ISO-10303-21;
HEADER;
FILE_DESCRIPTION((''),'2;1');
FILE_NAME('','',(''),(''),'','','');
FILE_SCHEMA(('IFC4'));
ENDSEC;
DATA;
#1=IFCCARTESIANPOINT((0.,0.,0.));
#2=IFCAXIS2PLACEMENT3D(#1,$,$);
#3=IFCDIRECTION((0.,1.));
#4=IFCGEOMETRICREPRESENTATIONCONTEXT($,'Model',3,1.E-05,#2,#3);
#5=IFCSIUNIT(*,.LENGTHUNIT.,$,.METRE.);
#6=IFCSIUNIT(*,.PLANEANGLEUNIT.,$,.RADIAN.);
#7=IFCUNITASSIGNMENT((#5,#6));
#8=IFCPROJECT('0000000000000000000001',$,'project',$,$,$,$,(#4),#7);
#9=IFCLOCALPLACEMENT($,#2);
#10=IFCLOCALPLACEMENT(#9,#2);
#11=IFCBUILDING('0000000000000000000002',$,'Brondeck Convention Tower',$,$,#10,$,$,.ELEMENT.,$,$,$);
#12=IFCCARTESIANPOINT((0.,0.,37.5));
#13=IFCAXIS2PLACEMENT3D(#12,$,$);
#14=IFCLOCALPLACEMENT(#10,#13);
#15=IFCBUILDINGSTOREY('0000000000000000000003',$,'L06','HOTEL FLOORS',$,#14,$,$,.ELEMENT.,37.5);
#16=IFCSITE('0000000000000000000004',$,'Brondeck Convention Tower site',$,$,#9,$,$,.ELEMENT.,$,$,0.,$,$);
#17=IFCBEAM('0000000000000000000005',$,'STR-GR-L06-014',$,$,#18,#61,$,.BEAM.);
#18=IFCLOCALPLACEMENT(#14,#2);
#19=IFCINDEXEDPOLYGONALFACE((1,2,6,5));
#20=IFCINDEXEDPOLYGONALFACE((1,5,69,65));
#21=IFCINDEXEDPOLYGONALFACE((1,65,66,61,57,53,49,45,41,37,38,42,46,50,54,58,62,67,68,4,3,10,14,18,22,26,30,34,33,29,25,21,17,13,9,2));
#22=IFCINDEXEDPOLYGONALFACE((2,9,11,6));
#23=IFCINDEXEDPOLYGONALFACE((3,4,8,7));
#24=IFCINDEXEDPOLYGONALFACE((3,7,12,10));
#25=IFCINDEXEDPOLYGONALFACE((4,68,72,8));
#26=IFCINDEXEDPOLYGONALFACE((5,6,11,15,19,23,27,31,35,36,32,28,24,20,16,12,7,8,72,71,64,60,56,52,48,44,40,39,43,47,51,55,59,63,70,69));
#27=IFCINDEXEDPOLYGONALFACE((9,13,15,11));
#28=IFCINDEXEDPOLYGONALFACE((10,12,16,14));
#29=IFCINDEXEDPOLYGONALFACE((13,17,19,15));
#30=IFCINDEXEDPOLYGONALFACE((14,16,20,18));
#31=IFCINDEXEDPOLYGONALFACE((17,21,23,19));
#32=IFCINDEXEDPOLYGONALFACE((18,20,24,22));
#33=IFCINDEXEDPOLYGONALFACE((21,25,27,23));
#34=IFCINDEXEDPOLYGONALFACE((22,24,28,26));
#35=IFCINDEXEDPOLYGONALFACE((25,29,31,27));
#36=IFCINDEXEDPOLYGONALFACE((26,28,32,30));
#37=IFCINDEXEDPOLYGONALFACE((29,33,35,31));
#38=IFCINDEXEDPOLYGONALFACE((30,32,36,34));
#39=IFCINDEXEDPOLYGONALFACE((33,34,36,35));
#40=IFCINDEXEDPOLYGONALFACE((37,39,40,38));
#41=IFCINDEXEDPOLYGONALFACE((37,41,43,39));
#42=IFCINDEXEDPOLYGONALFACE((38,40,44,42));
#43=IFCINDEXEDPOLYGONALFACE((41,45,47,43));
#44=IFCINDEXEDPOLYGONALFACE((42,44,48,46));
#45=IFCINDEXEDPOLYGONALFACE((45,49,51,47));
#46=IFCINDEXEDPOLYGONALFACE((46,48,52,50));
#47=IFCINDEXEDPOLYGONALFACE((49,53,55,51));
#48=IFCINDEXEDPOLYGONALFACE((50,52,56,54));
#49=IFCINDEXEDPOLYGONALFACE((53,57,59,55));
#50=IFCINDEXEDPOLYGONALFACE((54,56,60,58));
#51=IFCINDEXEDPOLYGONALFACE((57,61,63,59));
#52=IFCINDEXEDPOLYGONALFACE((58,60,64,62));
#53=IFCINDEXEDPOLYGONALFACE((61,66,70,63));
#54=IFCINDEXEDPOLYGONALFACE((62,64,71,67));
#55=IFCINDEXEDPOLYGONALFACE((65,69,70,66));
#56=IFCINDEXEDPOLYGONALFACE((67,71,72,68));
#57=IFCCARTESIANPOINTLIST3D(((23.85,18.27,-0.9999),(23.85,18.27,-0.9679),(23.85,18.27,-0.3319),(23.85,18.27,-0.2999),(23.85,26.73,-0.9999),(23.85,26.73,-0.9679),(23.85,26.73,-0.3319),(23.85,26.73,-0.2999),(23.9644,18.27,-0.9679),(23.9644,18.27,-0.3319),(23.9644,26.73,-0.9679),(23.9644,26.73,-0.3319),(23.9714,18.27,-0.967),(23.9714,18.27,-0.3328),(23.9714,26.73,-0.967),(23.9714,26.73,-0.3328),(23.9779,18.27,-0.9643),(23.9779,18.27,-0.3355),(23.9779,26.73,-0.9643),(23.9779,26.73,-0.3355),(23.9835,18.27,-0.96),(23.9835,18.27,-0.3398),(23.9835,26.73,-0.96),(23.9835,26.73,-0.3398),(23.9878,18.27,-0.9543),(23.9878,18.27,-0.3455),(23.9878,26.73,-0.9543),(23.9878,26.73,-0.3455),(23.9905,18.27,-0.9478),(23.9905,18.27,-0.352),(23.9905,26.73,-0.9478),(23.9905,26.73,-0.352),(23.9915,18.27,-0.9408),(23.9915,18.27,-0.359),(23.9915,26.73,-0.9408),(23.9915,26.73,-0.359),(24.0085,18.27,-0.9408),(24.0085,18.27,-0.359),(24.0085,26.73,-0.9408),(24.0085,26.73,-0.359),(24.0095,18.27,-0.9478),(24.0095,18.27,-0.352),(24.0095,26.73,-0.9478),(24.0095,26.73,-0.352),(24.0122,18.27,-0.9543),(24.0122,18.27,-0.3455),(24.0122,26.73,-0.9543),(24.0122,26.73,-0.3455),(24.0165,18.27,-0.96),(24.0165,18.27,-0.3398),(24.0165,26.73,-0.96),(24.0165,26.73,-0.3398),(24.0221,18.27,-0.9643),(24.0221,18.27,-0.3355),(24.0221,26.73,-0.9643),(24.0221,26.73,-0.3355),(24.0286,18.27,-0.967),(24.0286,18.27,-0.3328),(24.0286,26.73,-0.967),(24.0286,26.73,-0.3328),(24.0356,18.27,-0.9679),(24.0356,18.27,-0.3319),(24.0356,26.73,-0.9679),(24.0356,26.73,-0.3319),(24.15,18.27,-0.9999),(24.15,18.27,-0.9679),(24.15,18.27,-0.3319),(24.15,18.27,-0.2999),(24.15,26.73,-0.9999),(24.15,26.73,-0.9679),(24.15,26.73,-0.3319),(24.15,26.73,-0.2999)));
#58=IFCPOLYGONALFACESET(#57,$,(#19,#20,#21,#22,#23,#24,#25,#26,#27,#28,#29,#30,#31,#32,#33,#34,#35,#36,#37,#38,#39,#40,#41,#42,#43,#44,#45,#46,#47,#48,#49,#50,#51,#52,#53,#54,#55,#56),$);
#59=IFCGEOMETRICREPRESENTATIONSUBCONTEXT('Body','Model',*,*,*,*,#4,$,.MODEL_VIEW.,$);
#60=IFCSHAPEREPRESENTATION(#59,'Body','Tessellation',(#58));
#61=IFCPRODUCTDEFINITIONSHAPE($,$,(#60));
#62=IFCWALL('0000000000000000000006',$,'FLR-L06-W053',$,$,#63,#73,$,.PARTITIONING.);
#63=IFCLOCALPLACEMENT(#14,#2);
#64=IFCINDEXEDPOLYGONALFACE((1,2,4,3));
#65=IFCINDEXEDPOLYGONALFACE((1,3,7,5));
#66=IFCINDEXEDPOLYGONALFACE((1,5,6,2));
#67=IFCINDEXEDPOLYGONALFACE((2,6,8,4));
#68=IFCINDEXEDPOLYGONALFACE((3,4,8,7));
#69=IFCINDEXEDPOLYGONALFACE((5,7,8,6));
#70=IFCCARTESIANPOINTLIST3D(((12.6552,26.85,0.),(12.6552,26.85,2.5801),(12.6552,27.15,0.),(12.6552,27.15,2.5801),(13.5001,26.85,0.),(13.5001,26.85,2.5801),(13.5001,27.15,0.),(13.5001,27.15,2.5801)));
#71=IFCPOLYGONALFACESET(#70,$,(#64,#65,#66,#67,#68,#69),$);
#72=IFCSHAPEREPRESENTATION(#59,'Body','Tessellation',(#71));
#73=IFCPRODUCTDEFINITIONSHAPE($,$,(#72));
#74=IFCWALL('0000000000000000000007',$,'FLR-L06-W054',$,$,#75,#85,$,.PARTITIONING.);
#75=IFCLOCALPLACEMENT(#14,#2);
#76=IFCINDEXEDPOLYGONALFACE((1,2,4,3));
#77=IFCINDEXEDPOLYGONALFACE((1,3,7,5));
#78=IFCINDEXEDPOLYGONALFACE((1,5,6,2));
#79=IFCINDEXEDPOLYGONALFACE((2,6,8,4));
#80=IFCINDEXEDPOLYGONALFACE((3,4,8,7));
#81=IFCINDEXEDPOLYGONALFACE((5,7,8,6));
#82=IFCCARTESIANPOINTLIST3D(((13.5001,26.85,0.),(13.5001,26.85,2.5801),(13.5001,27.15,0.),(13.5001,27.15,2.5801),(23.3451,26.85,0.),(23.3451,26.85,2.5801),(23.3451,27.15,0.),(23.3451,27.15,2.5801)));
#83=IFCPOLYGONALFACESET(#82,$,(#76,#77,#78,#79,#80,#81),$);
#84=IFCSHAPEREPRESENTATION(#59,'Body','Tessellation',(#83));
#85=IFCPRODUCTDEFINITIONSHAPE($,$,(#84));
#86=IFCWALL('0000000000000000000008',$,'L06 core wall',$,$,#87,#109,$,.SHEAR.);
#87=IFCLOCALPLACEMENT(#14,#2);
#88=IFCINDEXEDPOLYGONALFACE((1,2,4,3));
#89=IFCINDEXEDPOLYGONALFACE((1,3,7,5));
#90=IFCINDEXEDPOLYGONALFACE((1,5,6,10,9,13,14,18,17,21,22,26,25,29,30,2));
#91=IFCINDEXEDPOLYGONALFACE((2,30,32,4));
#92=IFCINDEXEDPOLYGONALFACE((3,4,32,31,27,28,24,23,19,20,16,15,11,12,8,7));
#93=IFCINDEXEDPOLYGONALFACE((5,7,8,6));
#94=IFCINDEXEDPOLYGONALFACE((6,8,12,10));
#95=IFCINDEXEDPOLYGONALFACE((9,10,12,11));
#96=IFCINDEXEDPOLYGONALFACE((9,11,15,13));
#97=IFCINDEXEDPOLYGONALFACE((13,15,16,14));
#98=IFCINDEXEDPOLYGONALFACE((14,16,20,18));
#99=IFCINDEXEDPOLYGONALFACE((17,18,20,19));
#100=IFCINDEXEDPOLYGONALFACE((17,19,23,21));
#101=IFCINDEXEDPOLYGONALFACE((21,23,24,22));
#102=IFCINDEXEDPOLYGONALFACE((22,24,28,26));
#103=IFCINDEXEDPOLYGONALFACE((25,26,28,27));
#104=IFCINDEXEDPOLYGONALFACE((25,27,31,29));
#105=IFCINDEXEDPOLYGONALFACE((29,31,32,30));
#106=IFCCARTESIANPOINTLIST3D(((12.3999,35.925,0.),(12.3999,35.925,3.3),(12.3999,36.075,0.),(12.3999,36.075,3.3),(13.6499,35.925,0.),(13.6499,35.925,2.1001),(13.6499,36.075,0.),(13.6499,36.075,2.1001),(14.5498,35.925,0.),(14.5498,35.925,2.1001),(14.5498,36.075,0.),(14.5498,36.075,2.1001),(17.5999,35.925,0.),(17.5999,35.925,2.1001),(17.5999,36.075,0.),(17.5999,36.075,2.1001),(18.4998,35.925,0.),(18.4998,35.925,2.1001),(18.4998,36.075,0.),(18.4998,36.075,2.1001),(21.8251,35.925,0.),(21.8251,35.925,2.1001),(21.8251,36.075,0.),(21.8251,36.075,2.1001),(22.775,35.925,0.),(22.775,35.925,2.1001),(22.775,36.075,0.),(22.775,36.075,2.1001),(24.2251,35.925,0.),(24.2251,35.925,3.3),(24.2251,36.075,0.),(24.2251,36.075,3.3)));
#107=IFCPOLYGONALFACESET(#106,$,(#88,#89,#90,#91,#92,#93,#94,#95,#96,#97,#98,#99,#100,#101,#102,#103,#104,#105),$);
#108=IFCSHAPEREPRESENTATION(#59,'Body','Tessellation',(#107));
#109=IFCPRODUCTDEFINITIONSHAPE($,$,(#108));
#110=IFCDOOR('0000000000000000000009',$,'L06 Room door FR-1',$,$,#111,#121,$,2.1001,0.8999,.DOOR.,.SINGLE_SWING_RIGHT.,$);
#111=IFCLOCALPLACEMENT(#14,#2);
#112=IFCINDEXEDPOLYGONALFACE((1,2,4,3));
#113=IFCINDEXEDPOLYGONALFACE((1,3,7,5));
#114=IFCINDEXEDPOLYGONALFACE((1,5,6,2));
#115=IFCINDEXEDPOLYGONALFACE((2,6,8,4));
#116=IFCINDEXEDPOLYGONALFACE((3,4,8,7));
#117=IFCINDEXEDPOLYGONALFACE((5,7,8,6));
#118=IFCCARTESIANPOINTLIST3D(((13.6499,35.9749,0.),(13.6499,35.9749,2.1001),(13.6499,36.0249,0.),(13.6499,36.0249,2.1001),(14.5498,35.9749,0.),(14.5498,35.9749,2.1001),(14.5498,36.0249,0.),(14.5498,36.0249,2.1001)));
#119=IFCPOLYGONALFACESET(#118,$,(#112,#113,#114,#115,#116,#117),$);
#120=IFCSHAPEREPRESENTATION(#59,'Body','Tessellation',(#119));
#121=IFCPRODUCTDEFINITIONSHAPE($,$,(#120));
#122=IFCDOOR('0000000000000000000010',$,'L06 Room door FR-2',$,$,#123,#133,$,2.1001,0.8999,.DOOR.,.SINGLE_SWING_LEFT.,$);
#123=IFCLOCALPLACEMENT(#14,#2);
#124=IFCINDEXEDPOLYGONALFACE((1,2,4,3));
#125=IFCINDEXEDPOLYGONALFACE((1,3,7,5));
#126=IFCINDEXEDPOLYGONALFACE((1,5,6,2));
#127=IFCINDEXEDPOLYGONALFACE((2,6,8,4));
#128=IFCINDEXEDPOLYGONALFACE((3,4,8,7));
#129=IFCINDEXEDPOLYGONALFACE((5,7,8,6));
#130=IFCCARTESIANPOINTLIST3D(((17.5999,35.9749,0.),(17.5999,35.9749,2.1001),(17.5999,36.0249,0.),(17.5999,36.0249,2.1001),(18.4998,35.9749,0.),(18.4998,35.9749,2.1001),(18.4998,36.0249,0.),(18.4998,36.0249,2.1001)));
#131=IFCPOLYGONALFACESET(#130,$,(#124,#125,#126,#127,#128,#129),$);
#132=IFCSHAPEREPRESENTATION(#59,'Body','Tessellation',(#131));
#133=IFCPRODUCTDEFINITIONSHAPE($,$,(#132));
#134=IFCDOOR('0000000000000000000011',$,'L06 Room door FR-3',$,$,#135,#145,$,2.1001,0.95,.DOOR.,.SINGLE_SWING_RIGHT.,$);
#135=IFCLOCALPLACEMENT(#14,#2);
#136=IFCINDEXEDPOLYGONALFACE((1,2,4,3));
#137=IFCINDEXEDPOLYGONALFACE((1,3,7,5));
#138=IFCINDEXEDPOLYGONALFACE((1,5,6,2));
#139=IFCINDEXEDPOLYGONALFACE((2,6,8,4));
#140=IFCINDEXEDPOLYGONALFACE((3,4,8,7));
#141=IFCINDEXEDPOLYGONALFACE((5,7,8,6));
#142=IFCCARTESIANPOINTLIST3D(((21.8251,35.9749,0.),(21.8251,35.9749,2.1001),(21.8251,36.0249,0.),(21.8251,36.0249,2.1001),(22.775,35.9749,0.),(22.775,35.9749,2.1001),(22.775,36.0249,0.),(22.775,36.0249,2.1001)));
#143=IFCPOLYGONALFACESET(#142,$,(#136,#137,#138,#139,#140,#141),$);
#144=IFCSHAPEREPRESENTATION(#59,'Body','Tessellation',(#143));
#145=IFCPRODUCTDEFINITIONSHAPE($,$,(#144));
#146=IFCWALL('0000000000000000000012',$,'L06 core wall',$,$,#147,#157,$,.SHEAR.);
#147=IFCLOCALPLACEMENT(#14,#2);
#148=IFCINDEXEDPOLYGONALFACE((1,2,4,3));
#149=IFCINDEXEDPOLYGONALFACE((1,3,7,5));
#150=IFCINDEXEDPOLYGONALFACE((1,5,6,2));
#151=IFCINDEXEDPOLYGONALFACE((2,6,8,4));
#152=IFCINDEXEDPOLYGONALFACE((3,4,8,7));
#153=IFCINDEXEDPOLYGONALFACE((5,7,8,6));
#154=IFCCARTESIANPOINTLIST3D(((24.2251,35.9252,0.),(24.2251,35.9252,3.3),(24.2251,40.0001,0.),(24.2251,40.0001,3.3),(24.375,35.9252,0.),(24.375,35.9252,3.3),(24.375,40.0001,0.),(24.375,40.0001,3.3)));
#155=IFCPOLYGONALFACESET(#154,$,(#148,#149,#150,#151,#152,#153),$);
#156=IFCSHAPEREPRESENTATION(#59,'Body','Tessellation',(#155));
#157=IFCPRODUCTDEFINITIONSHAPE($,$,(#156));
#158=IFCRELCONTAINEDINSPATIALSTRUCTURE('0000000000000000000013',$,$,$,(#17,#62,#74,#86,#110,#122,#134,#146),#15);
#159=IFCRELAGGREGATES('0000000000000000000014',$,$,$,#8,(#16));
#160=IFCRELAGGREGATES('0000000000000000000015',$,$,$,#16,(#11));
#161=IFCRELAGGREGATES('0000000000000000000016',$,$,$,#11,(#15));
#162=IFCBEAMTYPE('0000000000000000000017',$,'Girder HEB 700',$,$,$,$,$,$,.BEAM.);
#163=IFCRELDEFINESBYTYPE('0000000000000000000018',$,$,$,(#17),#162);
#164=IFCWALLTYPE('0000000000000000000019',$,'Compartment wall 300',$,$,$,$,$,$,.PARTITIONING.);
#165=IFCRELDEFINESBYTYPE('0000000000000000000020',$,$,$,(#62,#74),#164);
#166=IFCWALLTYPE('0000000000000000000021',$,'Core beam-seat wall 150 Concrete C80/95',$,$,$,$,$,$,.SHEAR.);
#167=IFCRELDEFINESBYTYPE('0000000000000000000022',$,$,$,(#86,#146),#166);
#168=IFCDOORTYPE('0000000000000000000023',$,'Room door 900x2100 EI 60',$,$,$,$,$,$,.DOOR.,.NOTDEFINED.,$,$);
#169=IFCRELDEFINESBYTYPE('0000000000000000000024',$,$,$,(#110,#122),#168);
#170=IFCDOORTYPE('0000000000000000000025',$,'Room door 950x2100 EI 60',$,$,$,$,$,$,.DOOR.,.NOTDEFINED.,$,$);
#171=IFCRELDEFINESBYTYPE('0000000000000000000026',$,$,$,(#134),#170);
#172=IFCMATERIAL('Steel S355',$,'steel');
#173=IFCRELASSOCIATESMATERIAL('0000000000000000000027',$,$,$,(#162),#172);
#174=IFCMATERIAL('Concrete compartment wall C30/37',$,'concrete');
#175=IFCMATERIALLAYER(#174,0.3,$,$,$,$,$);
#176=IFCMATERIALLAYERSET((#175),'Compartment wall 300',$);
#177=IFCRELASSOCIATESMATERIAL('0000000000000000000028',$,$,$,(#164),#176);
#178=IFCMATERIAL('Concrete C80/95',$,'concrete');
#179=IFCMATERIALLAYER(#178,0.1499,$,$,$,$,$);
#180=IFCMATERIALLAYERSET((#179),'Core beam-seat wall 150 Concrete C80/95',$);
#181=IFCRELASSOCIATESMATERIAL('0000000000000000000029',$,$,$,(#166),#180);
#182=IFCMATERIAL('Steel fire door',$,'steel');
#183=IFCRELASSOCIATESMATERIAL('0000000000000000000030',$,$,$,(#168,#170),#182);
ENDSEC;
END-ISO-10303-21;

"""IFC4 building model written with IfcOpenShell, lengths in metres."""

from ifc_helpers import new_model, si_unit, direction, frame, frame_2d, origin, origin_2d, place, context, subcontext, project, spatial, rectangle, i_section, extrude, material, layer, layer_set, material_profile, profile_set, type_object, element, fill, save


model = new_model("IFC4")

# Units and contexts
model_context = context("Model", 3, precision=1e-05, world=origin(), true_north=direction((0.0, 1.0)))
body_context = subcontext(model_context, "Body", "Model", "MODEL_VIEW")
ifc_project = project(units=[si_unit("LENGTHUNIT", "METRE"), si_unit("PLANEANGLEUNIT", "RADIAN")], contexts=[model_context])

# Site, building, storey
site_placement = place(None, origin())
site = spatial("IfcSite", under=ifc_project, at=site_placement, Name="Brondeck Convention Tower site", CompositionType="ELEMENT", RefElevation=0.0)
building_placement = place(site_placement, origin())
building = spatial("IfcBuilding", under=site, at=building_placement, Name="Brondeck Convention Tower", CompositionType="ELEMENT")
storey_placement = place(building_placement, frame((0.0, 0.0, 37.5)))
storey = spatial("IfcBuildingStorey", under=building, at=storey_placement, Name="L06", Description="HOTEL FLOORS", CompositionType="ELEMENT", Elevation=37.5)

# Shared definitions
ifc_material_1 = material(Name="Concrete C80/95", Category="concrete")

# Beam
ifc_material_2 = material(Name="Steel S355", Category="steel")
ifc_material_profile_1 = material_profile(ifc_material_2, i_section(OverallWidth=0.3, OverallDepth=0.7, WebThickness=0.0171, FlangeThickness=0.032, FilletRadius=0.0271, at=origin_2d()), Name="HEB 700")
ifc_profile_set_1 = profile_set([ifc_material_profile_1], Name="Steel S355")
beam_type = type_object("IfcBeamType", Name="Girder HEB 700", PredefinedType="BEAM", material=ifc_profile_set_1)
beam_1_placement = place(storey_placement, frame((24.0, 26.73, -0.6499), z_axis=(0.0, -1.0, 0.0), x_axis=(1.0, 0.0, 0.0)))
element("IfcBeam", 1, at=beam_1_placement, inside=storey, type_object=beam_type, Name="STR-GR-L06-014", PredefinedType="BEAM", context=body_context, shape_type="SweptSolid", body=[
    extrude(i_section(OverallWidth=0.3, OverallDepth=0.7, WebThickness=0.0171, FlangeThickness=0.032, FilletRadius=0.0271, at=origin_2d()), origin(), (0.0, 0.0, 1.0), 8.46),
])

# Walls
ifc_material_3 = material(Name="Concrete compartment wall C30/37", Category="concrete")
ifc_layer_1 = layer(ifc_material_3, 0.3)
ifc_layer_set_1 = layer_set([ifc_layer_1], Name="Compartment wall 300")
wall_type_1 = type_object("IfcWallType", Name="Compartment wall 300", PredefinedType="PARTITIONING", material=ifc_layer_set_1)
wall_1_placement = place(storey_placement, frame((13.5, 27.0, 0.0), z_axis=(0.0, 0.0, 1.0), x_axis=(-1.0, 0.0, 0.0)))
element("IfcWall", 2, at=wall_1_placement, inside=storey, type_object=wall_type_1, Name="FLR-L06-W053", PredefinedType="PARTITIONING", context=body_context, shape_type="SweptSolid", body=[
    extrude(rectangle(XDim=0.845, YDim=0.3, at=frame_2d((0.4224, 0.0))), origin(), (0.0, 0.0, 1.0), 2.5801),
])
wall_2_placement = place(storey_placement, frame((23.345, 27.0, 0.0), z_axis=(0.0, 0.0, 1.0), x_axis=(-1.0, 0.0, 0.0)))
element("IfcWall", 3, at=wall_2_placement, inside=storey, type_object=wall_type_1, Name="FLR-L06-W054", PredefinedType="PARTITIONING", context=body_context, shape_type="SweptSolid", body=[
    extrude(rectangle(XDim=9.845, YDim=0.3, at=frame_2d((4.9224, 0.0))), origin(), (0.0, 0.0, 1.0), 2.5801),
])

# Wall, openings, doors
ifc_layer_2 = layer(ifc_material_1, 0.1499)
ifc_layer_set_2 = layer_set([ifc_layer_2], Name="Core beam-seat wall 150 Concrete C80/95")
wall_type_2 = type_object("IfcWallType", Name="Core beam-seat wall 150 Concrete C80/95", PredefinedType="SHEAR", material=ifc_layer_set_2)
wall_3_placement = place(storey_placement, frame((12.3999, 36.0, 0.0), z_axis=(0.0, 0.0, 1.0), x_axis=(1.0, 0.0, 0.0)))
wall_3 = element("IfcWall", 4, at=wall_3_placement, inside=storey, type_object=wall_type_2, Name="L06 core wall", PredefinedType="SHEAR", context=body_context, shape_type="SweptSolid", body=[
    extrude(rectangle(XDim=11.8252, YDim=0.1499, at=frame_2d((5.9126, 0.0))), origin(), (0.0, 0.0, 1.0), 3.3),
])
opening_1_placement = place(wall_3_placement, frame((1.25, 0.0, 0.0)))
opening_1 = element("IfcOpeningElement", 5, at=opening_1_placement, cuts=wall_3, PredefinedType="OPENING", context=body_context, shape_type="SweptSolid", body=[
    extrude(rectangle(XDim=0.8999, YDim=2.1001, at=frame_2d((0.45, 1.05))), frame((0.0, 0.085, 0.0), z_axis=(0.0, -1.0, 0.0), x_axis=(1.0, 0.0, 0.0)), (0.0, 0.0, 1.0), 0.1699),
])
opening_2_placement = place(wall_3_placement, frame((5.2, 0.0, 0.0)))
opening_2 = element("IfcOpeningElement", 6, at=opening_2_placement, cuts=wall_3, PredefinedType="OPENING", context=body_context, shape_type="SweptSolid", body=[
    extrude(rectangle(XDim=0.8999, YDim=2.1001, at=frame_2d((0.45, 1.05))), frame((0.0, 0.085, 0.0), z_axis=(0.0, -1.0, 0.0), x_axis=(1.0, 0.0, 0.0)), (0.0, 0.0, 1.0), 0.1699),
])
opening_3_placement = place(wall_3_placement, frame((9.425, 0.0, 0.0)))
opening_3 = element("IfcOpeningElement", 7, at=opening_3_placement, cuts=wall_3, PredefinedType="OPENING", context=body_context, shape_type="SweptSolid", body=[
    extrude(rectangle(XDim=0.95, YDim=2.1001, at=frame_2d((0.4751, 1.05))), frame((0.0, 0.085, 0.0), z_axis=(0.0, -1.0, 0.0), x_axis=(1.0, 0.0, 0.0)), (0.0, 0.0, 1.0), 0.1699),
])
ifc_material_4 = material(Name="Steel fire door", Category="steel")
door_type_1 = type_object("IfcDoorType", Name="Room door 900x2100 EI 60", OperationType="NOTDEFINED", PredefinedType="DOOR", material=ifc_material_4)
door_1_placement = place(opening_1_placement, origin())
door_1 = element("IfcDoor", 8, at=door_1_placement, inside=storey, type_object=door_type_1, Name="L06 Room door FR-1", OperationType="SINGLE_SWING_RIGHT", OverallHeight=2.1001, OverallWidth=0.8999, PredefinedType="DOOR", context=body_context, shape_type="SweptSolid", body=[
    extrude(rectangle(XDim=0.8999, YDim=2.1001, at=frame_2d((0.45, 1.05))), frame((0.0, 0.0249, 0.0), z_axis=(0.0, -1.0, 0.0), x_axis=(1.0, 0.0, 0.0)), (0.0, 0.0, 1.0), 0.05),
])
fill(opening_1, door_1)
door_2_placement = place(opening_2_placement, origin())
door_2 = element("IfcDoor", 9, at=door_2_placement, inside=storey, type_object=door_type_1, Name="L06 Room door FR-2", OperationType="SINGLE_SWING_LEFT", OverallHeight=2.1001, OverallWidth=0.8999, PredefinedType="DOOR", context=body_context, shape_type="SweptSolid", body=[
    extrude(rectangle(XDim=0.8999, YDim=2.1001, at=frame_2d((0.45, 1.05))), frame((0.0, 0.0249, 0.0), z_axis=(0.0, -1.0, 0.0), x_axis=(1.0, 0.0, 0.0)), (0.0, 0.0, 1.0), 0.05),
])
fill(opening_2, door_2)
door_type_2 = type_object("IfcDoorType", Name="Room door 950x2100 EI 60", OperationType="NOTDEFINED", PredefinedType="DOOR", material=ifc_material_4)
door_3_placement = place(opening_3_placement, origin())
door_3 = element("IfcDoor", 10, at=door_3_placement, inside=storey, type_object=door_type_2, Name="L06 Room door FR-3", OperationType="SINGLE_SWING_RIGHT", OverallHeight=2.1001, OverallWidth=0.95, PredefinedType="DOOR", context=body_context, shape_type="SweptSolid", body=[
    extrude(rectangle(XDim=0.95, YDim=2.1001, at=frame_2d((0.4751, 1.05))), frame((0.0, 0.0249, 0.0), z_axis=(0.0, -1.0, 0.0), x_axis=(1.0, 0.0, 0.0)), (0.0, 0.0, 1.0), 0.05),
])
fill(opening_3, door_3)

# Wall
wall_4_placement = place(storey_placement, frame((24.3, 35.925, 0.0), z_axis=(0.0, 0.0, 1.0), x_axis=(0.0, 1.0, 0.0)))
element("IfcWall", 11, at=wall_4_placement, inside=storey, type_object=wall_type_2, Name="L06 core wall", PredefinedType="SHEAR", context=body_context, shape_type="SweptSolid", body=[
    extrude(rectangle(XDim=4.075, YDim=0.1499, at=frame_2d((2.0376, 0.0))), origin(), (0.0, 0.0, 1.0), 3.3),
])

save(model, "model.ifc")
